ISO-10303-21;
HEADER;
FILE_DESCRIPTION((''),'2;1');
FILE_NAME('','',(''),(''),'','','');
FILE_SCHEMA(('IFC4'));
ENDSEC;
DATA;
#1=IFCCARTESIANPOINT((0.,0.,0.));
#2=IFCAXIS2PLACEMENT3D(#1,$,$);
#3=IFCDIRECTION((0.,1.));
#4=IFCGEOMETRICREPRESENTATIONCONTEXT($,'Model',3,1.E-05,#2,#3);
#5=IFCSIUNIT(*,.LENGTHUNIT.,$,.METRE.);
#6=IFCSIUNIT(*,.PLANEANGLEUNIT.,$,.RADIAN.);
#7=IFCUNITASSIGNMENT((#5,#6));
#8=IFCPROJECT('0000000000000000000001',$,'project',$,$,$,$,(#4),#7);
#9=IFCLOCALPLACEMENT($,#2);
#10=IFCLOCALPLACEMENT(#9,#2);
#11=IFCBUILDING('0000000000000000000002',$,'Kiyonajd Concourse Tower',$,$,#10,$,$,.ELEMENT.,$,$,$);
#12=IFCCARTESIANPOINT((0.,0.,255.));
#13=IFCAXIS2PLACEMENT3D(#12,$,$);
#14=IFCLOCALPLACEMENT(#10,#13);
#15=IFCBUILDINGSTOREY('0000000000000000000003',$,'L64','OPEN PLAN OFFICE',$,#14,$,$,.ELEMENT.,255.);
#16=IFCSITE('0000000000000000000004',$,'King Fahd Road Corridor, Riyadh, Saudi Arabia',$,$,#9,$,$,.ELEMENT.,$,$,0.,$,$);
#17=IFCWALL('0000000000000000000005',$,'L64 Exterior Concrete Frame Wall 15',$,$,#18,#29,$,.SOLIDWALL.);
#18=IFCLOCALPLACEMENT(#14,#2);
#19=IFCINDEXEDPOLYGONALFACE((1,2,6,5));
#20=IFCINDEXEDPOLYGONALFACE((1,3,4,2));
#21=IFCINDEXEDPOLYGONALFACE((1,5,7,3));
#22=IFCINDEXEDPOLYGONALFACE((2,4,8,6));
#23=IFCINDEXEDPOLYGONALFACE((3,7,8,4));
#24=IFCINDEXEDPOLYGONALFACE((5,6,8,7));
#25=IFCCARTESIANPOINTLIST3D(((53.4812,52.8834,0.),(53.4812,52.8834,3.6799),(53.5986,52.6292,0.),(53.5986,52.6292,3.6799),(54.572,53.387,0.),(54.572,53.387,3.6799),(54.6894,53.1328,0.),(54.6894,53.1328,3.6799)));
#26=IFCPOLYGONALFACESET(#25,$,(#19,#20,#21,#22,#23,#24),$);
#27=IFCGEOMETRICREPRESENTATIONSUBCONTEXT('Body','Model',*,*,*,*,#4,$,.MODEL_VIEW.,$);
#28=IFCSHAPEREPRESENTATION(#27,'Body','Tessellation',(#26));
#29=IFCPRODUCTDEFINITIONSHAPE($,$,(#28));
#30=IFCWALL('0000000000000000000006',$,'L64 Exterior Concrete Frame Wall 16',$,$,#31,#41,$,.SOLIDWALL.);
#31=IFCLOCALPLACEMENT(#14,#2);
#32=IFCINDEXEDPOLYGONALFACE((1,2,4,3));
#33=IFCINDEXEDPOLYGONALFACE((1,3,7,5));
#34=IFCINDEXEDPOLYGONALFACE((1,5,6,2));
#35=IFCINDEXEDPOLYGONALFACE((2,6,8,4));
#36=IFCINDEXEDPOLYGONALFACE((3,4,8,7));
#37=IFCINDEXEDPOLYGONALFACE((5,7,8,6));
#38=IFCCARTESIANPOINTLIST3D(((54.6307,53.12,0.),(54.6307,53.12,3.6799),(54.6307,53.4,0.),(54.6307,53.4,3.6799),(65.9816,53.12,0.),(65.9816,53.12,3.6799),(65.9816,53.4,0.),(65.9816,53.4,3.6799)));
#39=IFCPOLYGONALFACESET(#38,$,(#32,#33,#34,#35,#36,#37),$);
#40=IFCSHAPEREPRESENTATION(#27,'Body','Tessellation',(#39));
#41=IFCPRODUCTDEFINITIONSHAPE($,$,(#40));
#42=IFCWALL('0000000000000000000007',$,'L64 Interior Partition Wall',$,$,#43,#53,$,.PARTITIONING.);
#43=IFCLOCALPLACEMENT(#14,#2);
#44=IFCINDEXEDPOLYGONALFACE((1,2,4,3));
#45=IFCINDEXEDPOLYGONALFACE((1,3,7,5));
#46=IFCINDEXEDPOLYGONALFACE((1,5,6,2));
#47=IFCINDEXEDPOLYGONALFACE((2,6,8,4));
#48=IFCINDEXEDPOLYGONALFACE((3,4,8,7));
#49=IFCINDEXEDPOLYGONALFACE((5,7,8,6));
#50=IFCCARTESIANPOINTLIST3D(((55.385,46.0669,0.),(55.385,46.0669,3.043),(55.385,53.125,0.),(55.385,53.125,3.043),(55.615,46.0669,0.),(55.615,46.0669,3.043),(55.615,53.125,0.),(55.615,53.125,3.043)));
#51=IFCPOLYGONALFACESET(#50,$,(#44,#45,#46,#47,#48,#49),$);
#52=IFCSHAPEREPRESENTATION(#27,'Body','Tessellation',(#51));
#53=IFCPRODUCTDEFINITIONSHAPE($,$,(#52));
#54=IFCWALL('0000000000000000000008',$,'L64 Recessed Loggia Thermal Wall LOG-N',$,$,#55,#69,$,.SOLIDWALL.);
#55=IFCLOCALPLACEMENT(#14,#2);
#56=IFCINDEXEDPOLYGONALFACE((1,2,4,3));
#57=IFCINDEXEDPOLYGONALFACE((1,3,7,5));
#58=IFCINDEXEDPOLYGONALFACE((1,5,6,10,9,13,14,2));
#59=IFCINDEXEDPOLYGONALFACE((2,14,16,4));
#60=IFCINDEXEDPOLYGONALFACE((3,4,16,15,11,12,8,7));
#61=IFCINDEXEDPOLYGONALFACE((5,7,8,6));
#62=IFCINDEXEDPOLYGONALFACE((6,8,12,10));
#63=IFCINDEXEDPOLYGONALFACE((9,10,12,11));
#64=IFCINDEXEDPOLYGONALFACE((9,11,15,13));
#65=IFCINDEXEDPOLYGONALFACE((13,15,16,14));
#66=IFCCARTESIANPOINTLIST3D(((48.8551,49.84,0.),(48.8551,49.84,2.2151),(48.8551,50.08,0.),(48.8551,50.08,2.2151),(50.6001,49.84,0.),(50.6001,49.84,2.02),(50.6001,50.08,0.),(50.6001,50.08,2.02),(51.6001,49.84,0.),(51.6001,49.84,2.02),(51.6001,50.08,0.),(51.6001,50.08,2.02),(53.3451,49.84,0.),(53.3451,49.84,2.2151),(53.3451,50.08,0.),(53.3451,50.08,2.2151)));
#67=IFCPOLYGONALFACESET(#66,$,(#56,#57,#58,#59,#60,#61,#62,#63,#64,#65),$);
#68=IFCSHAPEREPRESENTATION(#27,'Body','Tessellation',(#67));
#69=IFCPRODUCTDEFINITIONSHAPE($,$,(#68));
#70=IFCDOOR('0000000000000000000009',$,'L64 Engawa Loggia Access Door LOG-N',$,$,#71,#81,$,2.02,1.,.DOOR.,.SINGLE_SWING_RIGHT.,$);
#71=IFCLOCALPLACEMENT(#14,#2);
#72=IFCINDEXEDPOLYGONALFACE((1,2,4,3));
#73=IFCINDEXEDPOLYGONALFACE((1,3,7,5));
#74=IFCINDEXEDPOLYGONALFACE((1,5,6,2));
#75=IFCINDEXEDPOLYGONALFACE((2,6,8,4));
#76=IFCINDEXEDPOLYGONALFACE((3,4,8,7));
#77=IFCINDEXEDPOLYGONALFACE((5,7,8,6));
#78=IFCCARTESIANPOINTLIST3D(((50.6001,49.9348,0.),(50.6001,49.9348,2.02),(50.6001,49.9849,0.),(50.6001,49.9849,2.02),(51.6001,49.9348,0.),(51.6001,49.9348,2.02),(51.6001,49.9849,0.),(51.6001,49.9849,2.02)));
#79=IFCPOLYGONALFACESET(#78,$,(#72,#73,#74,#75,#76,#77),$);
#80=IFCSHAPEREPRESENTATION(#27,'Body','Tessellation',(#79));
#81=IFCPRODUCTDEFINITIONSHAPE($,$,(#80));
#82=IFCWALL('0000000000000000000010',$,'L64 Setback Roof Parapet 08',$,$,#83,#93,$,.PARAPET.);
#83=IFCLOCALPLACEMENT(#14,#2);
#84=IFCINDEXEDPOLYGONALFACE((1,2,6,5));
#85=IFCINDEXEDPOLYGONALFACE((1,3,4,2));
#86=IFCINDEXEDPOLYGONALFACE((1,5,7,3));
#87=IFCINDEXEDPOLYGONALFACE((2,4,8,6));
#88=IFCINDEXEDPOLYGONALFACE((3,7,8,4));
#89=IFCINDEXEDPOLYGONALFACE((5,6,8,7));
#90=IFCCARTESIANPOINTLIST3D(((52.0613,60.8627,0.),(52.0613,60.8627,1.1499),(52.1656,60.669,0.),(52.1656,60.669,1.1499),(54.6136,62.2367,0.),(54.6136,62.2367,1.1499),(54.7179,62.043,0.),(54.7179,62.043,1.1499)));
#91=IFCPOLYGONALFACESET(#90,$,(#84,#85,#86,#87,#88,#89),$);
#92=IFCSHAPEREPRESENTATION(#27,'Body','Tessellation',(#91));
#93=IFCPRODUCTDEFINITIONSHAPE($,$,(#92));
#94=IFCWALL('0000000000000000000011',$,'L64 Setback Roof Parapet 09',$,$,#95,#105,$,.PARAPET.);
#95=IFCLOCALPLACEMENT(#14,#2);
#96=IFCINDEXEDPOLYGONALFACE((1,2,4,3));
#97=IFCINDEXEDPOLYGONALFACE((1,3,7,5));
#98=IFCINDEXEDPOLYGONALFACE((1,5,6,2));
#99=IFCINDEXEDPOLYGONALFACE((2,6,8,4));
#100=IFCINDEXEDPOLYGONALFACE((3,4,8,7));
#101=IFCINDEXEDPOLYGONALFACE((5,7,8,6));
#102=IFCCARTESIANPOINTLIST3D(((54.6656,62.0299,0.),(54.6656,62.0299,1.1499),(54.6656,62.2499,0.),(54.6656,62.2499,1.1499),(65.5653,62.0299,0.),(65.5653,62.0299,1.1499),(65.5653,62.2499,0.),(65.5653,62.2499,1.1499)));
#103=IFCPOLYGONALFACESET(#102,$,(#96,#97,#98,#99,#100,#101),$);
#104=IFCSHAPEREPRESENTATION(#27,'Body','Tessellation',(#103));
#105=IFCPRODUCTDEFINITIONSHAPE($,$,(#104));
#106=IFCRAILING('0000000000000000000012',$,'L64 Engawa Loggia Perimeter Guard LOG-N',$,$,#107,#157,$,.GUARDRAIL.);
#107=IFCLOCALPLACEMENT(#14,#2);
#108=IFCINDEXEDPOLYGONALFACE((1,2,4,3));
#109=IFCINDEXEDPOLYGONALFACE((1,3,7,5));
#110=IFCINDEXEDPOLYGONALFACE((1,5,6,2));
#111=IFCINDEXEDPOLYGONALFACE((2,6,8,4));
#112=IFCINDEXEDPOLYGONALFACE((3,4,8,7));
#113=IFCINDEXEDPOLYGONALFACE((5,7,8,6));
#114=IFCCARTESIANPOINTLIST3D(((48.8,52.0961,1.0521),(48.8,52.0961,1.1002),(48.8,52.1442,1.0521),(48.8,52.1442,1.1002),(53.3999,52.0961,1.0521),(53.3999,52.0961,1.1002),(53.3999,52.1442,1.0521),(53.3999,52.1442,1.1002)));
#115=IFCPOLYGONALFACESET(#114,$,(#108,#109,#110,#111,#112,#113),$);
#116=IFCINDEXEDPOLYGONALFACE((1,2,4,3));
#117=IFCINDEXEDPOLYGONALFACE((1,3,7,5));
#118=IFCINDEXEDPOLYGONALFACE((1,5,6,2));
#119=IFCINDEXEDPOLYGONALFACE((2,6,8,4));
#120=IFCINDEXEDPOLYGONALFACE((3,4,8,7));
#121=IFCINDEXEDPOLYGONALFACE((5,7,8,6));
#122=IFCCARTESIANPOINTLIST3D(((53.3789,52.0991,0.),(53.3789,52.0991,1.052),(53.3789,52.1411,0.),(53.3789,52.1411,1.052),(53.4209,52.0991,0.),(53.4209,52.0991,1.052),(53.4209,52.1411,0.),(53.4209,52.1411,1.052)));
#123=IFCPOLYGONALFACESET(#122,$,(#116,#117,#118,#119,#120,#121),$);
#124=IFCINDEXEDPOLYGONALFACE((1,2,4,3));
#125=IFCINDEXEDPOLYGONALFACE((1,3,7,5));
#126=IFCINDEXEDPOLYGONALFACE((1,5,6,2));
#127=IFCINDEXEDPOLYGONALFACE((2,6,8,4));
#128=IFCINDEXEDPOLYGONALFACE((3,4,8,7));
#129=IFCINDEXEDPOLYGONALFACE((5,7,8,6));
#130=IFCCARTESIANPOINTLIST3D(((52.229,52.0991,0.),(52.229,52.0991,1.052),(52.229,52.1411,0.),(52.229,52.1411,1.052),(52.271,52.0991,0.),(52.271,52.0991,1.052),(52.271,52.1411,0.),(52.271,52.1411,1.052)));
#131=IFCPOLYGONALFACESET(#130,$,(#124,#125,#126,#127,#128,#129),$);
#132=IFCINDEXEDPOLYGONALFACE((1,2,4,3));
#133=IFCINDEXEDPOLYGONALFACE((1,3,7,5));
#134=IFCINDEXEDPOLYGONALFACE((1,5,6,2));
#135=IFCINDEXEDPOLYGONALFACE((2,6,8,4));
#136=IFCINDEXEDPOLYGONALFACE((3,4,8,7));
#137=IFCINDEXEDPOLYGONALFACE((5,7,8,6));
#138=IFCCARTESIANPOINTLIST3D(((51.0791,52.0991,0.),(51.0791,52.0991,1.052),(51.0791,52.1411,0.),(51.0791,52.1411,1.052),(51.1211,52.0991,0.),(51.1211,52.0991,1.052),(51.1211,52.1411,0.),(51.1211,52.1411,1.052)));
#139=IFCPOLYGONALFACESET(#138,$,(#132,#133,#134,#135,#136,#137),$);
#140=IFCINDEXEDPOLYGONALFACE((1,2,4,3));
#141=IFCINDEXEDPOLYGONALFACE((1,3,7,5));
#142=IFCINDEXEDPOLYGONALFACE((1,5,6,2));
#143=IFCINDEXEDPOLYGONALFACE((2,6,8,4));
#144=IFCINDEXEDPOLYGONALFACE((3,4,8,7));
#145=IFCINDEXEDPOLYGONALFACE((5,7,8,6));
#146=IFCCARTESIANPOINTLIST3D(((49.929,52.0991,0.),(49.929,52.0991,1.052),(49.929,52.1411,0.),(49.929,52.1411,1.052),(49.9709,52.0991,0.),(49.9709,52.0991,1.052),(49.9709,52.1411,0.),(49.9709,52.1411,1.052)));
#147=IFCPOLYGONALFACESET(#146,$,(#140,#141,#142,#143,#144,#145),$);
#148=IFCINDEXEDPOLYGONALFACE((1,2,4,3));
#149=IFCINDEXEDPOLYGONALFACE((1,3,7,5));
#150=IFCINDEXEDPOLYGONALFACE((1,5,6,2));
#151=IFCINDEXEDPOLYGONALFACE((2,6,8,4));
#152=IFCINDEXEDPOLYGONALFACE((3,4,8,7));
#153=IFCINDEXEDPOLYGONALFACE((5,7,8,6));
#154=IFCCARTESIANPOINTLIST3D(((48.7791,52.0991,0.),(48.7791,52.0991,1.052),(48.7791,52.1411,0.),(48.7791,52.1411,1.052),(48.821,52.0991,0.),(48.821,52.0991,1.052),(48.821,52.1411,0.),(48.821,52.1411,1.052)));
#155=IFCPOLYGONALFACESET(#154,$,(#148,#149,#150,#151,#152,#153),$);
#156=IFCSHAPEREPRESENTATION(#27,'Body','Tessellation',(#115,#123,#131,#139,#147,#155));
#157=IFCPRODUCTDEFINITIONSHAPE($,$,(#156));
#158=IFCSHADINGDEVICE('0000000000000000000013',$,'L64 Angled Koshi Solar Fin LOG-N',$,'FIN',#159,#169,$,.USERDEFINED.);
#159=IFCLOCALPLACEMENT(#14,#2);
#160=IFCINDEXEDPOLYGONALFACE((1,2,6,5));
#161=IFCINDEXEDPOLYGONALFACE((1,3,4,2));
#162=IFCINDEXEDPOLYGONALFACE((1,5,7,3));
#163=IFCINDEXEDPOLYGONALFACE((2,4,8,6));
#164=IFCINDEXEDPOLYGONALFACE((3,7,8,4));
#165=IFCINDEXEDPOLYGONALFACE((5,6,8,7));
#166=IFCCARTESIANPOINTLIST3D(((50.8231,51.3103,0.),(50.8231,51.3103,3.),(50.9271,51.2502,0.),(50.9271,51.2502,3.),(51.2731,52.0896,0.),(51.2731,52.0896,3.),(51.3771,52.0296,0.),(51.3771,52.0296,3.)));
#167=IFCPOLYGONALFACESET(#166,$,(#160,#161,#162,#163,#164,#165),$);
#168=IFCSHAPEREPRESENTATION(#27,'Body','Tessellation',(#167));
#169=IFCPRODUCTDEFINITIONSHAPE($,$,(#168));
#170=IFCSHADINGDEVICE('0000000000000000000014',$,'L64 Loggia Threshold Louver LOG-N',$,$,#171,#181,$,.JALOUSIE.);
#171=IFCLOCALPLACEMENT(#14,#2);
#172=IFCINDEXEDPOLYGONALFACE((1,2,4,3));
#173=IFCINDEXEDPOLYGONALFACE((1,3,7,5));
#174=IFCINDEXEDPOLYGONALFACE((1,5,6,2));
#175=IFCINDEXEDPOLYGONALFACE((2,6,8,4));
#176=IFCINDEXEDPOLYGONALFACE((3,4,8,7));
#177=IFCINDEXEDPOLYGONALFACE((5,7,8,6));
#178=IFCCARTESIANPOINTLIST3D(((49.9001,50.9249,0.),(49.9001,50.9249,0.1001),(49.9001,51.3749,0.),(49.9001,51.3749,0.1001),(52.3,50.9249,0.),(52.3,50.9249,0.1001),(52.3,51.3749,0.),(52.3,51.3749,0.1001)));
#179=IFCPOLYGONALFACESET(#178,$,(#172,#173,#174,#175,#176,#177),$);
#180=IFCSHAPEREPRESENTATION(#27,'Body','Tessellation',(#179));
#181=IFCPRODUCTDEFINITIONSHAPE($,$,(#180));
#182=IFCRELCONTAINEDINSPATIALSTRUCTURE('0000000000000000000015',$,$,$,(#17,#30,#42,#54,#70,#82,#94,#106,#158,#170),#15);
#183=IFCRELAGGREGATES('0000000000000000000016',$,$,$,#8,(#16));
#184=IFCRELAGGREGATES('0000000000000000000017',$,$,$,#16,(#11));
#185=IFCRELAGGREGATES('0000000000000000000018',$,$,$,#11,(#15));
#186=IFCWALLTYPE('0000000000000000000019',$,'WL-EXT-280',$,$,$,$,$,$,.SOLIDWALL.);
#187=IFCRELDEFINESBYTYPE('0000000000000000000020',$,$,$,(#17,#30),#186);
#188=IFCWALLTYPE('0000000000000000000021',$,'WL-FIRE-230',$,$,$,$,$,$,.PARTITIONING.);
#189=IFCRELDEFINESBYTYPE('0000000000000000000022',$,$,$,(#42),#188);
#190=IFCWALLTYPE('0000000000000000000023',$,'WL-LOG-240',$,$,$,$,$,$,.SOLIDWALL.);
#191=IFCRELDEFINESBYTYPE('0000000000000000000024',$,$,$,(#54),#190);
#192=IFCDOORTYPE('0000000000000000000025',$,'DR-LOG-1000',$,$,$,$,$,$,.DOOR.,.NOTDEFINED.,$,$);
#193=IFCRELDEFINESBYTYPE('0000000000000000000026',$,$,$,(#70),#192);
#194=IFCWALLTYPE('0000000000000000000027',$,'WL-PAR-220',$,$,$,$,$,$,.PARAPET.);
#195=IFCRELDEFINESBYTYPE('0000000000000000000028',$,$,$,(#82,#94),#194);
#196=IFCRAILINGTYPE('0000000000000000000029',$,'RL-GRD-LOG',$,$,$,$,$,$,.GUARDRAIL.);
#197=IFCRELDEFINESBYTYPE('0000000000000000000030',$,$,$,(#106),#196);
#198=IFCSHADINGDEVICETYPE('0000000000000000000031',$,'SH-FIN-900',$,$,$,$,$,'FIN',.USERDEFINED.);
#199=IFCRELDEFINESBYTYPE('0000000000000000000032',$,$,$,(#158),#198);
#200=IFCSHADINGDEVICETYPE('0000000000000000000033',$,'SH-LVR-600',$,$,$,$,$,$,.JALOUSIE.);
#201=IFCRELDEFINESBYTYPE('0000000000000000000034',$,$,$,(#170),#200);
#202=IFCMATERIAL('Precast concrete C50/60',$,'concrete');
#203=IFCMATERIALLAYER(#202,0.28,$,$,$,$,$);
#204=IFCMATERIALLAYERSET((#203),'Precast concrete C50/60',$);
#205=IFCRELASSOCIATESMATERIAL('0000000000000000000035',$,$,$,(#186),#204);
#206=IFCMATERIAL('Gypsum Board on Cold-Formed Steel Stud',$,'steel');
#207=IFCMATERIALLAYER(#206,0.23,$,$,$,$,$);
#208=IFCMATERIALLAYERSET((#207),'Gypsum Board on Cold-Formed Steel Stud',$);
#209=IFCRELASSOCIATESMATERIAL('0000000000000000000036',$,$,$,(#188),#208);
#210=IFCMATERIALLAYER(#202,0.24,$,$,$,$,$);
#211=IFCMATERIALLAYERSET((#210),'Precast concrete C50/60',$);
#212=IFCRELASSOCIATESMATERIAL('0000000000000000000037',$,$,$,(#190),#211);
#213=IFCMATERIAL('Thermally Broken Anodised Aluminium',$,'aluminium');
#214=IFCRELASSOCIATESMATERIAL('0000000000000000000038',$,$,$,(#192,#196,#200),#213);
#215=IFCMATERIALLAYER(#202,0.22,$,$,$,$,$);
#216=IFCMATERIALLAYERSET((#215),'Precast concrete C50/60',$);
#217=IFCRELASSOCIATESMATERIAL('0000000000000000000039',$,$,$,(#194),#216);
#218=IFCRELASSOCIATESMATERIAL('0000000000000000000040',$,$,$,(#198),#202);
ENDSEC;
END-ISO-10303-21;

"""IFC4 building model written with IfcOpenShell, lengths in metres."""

from ifc_helpers import new_model, si_unit, direction, frame, frame_2d, origin, origin_2d, place, context, subcontext, project, spatial, rectangle, extrude, material, layer, layer_set, type_object, element, fill, save


model = new_model("IFC4")

# Units and contexts
model_context = context("Model", 3, precision=1e-05, world=origin(), true_north=direction((0.0, 1.0)))
body_context = subcontext(model_context, "Body", "Model", "MODEL_VIEW")
ifc_project = project(units=[si_unit("LENGTHUNIT", "METRE"), si_unit("PLANEANGLEUNIT", "RADIAN")], contexts=[model_context])

# Site, building, storey
site_placement = place(None, origin())
site = spatial("IfcSite", under=ifc_project, at=site_placement, Name="King Fahd Road Corridor, Riyadh, Saudi Arabia", CompositionType="ELEMENT", RefElevation=0.0)
building_placement = place(site_placement, origin())
building = spatial("IfcBuilding", under=site, at=building_placement, Name="Kiyonajd Concourse Tower", CompositionType="ELEMENT")
storey_placement = place(building_placement, frame((0.0, 0.0, 255.0)))
storey = spatial("IfcBuildingStorey", under=building, at=storey_placement, Name="L64", Description="OPEN PLAN OFFICE", CompositionType="ELEMENT", Elevation=255.0)

# Shared definitions
ifc_material_1 = material(Name="Thermally Broken Anodised Aluminium", Category="aluminium")

# Walls
ifc_material_2 = material(Name="Precast concrete C50/60", Category="concrete")
ifc_layer_1 = layer(ifc_material_2, 0.28)
ifc_layer_set_1 = layer_set([ifc_layer_1], Name="Precast concrete C50/60")
wall_type_1 = type_object("IfcWallType", Name="WL-EXT-280", PredefinedType="SOLIDWALL", material=ifc_layer_set_1)
wall_1_placement = place(storey_placement, frame((53.54, 52.7563, 0.0), z_axis=(0.0, 0.0, 1.0), x_axis=(0.907894, 0.4192, 0.0)))
element("IfcWall", 1, at=wall_1_placement, inside=storey, type_object=wall_type_1, Name="L64 Exterior Concrete Frame Wall 15", PredefinedType="SOLIDWALL", context=body_context, shape_type="SweptSolid", body=[
    extrude(rectangle(XDim=1.2014, YDim=0.28, at=frame_2d((0.6006, 0.0))), origin(), (0.0, 0.0, 1.0), 3.6799),
])
wall_2_placement = place(storey_placement, frame((54.6309, 53.26, 0.0), z_axis=(0.0, 0.0, 1.0), x_axis=(1.0, 0.0, 0.0)))
element("IfcWall", 2, at=wall_2_placement, inside=storey, type_object=wall_type_1, Name="L64 Exterior Concrete Frame Wall 16", PredefinedType="SOLIDWALL", context=body_context, shape_type="SweptSolid", body=[
    extrude(rectangle(XDim=11.3508, YDim=0.28, at=frame_2d((5.6753, 0.0))), origin(), (0.0, 0.0, 1.0), 3.6799),
])
ifc_material_3 = material(Name="Gypsum Board on Cold-Formed Steel Stud", Category="steel")
ifc_layer_2 = layer(ifc_material_3, 0.23)
ifc_layer_set_2 = layer_set([ifc_layer_2], Name="Gypsum Board on Cold-Formed Steel Stud")
wall_type_2 = type_object("IfcWallType", Name="WL-FIRE-230", PredefinedType="PARTITIONING", material=ifc_layer_set_2)
wall_3_placement = place(storey_placement, frame((55.5, 46.0669, 0.0), z_axis=(0.0, 0.0, 1.0), x_axis=(0.0, 1.0, 0.0)))
element("IfcWall", 3, at=wall_3_placement, inside=storey, type_object=wall_type_2, Name="L64 Interior Partition Wall", PredefinedType="PARTITIONING", context=body_context, shape_type="SweptSolid", body=[
    extrude(rectangle(XDim=7.0581, YDim=0.23, at=frame_2d((3.5291, 0.0))), origin(), (0.0, 0.0, 1.0), 3.043),
])

# Wall, opening, door
ifc_layer_3 = layer(ifc_material_2, 0.24)
ifc_layer_set_3 = layer_set([ifc_layer_3], Name="Precast concrete C50/60")
wall_type_3 = type_object("IfcWallType", Name="WL-LOG-240", PredefinedType="SOLIDWALL", material=ifc_layer_set_3)
wall_4_placement = place(storey_placement, frame((48.855, 49.96, 0.0), z_axis=(0.0, 0.0, 1.0), x_axis=(1.0, 0.0, 0.0)))
wall_4 = element("IfcWall", 4, at=wall_4_placement, inside=storey, type_object=wall_type_3, Name="L64 Recessed Loggia Thermal Wall LOG-N", PredefinedType="SOLIDWALL", context=body_context, shape_type="SweptSolid", body=[
    extrude(rectangle(XDim=4.49, YDim=0.24, at=frame_2d((2.2451, 0.0))), origin(), (0.0, 0.0, 1.0), 2.2151),
])
opening_placement = place(wall_4_placement, frame((1.7451, 0.0, 0.0)))
opening = element("IfcOpeningElement", 5, at=opening_placement, cuts=wall_4, PredefinedType="OPENING", context=body_context, shape_type="SweptSolid", body=[
    extrude(rectangle(XDim=1.0, YDim=2.02, at=frame_2d((0.5, 1.01))), frame((0.0, 0.1299, 0.0), z_axis=(0.0, -1.0, 0.0), x_axis=(1.0, 0.0, 0.0)), (0.0, 0.0, 1.0), 0.26),
])
door_type = type_object("IfcDoorType", Name="DR-LOG-1000", OperationType="NOTDEFINED", PredefinedType="DOOR", material=ifc_material_1)
door_placement = place(opening_placement, origin())
door = element("IfcDoor", 6, at=door_placement, inside=storey, type_object=door_type, Name="L64 Engawa Loggia Access Door LOG-N", OperationType="SINGLE_SWING_RIGHT", OverallHeight=2.02, OverallWidth=1.0, PredefinedType="DOOR", context=body_context, shape_type="SweptSolid", body=[
    extrude(rectangle(XDim=1.0, YDim=2.02, at=frame_2d((0.5, 1.01))), frame((0.0, 0.0249, 0.0), z_axis=(0.0, -1.0, 0.0), x_axis=(1.0, 0.0, 0.0)), (0.0, 0.0, 1.0), 0.05),
])
fill(opening, door)

# Walls
ifc_layer_4 = layer(ifc_material_2, 0.22)
ifc_layer_set_4 = layer_set([ifc_layer_4], Name="Precast concrete C50/60")
wall_type_4 = type_object("IfcWallType", Name="WL-PAR-220", PredefinedType="PARAPET", material=ifc_layer_set_4)
wall_5_placement = place(storey_placement, frame((52.1135, 60.7659, 0.0), z_axis=(0.0, 0.0, 1.0), x_axis=(0.880509, 0.47403, 0.0)))
element("IfcWall", 7, at=wall_5_placement, inside=storey, type_object=wall_type_4, Name="L64 Setback Roof Parapet 08", PredefinedType="PARAPET", context=body_context, shape_type="SweptSolid", body=[
    extrude(rectangle(XDim=2.8987, YDim=0.22, at=frame_2d((1.4492, 0.0))), origin(), (0.0, 0.0, 1.0), 1.1499),
])
wall_6_placement = place(storey_placement, frame((54.6658, 62.1399, 0.0), z_axis=(0.0, 0.0, 1.0), x_axis=(1.0, 0.0, 0.0)))
element("IfcWall", 8, at=wall_6_placement, inside=storey, type_object=wall_type_4, Name="L64 Setback Roof Parapet 09", PredefinedType="PARAPET", context=body_context, shape_type="SweptSolid", body=[
    extrude(rectangle(XDim=10.8997, YDim=0.22, at=frame_2d((5.4497, 0.0))), origin(), (0.0, 0.0, 1.0), 1.1499),
])

# Railing
railing_type = type_object("IfcRailingType", Name="RL-GRD-LOG", PredefinedType="GUARDRAIL", material=ifc_material_1)
railing_placement = place(storey_placement, frame((53.3999, 52.1201, 0.0)))
element("IfcRailing", 9, at=railing_placement, inside=storey, type_object=railing_type, Name="L64 Engawa Loggia Perimeter Guard LOG-N", PredefinedType="GUARDRAIL", context=body_context, shape_type="SweptSolid", body=[
    extrude(rectangle(XDim=0.0481, YDim=0.0481, at=origin_2d()), frame((0.0, 0.0, 1.0762), z_axis=(-1.0, 0.0, 0.0), x_axis=(0.0, -1.0, 0.0)), (0.0, 0.0, 1.0), 4.5999),
    extrude(rectangle(XDim=0.042, YDim=0.042, at=origin_2d()), origin(), (0.0, 0.0, 1.0), 1.052),
    extrude(rectangle(XDim=0.042, YDim=0.042, at=origin_2d()), frame((-1.1499, 0.0, 0.0)), (0.0, 0.0, 1.0), 1.052),
    extrude(rectangle(XDim=0.042, YDim=0.042, at=origin_2d()), frame((-2.2998, 0.0, 0.0)), (0.0, 0.0, 1.0), 1.052),
    extrude(rectangle(XDim=0.042, YDim=0.042, at=origin_2d()), frame((-3.45, 0.0, 0.0)), (0.0, 0.0, 1.0), 1.052),
    extrude(rectangle(XDim=0.042, YDim=0.042, at=origin_2d()), frame((-4.5999, 0.0, 0.0)), (0.0, 0.0, 1.0), 1.052),
])

# Shading devices
shading_device_type_1 = type_object("IfcShadingDeviceType", Name="SH-FIN-900", ElementType="FIN", PredefinedType="USERDEFINED", material=ifc_material_2)
shading_device_1_placement = place(storey_placement, frame((51.1001, 51.6699, 0.0), z_axis=(0.0, 0.0, 1.0), x_axis=(0.5, 0.866025, 0.0)))
element("IfcShadingDevice", 10, at=shading_device_1_placement, inside=storey, type_object=shading_device_type_1, Name="L64 Angled Koshi Solar Fin LOG-N", ObjectType="FIN", PredefinedType="USERDEFINED", context=body_context, shape_type="SweptSolid", body=[
    extrude(rectangle(XDim=0.8999, YDim=0.1201, at=origin_2d()), origin(), (0.0, 0.0, 1.0), 3.0),
])
shading_device_type_2 = type_object("IfcShadingDeviceType", Name="SH-LVR-600", PredefinedType="JALOUSIE", material=ifc_material_1)
shading_device_2_placement = place(storey_placement, frame((51.1001, 51.1499, 0.0), z_axis=(0.0, 0.0, 1.0), x_axis=(1.0, 0.0, 0.0)))
element("IfcShadingDevice", 11, at=shading_device_2_placement, inside=storey, type_object=shading_device_type_2, Name="L64 Loggia Threshold Louver LOG-N", PredefinedType="JALOUSIE", context=body_context, shape_type="SweptSolid", body=[
    extrude(rectangle(XDim=2.3999, YDim=0.45, at=origin_2d()), origin(), (0.0, 0.0, 1.0), 0.1001),
])

save(model, "model.ifc")
